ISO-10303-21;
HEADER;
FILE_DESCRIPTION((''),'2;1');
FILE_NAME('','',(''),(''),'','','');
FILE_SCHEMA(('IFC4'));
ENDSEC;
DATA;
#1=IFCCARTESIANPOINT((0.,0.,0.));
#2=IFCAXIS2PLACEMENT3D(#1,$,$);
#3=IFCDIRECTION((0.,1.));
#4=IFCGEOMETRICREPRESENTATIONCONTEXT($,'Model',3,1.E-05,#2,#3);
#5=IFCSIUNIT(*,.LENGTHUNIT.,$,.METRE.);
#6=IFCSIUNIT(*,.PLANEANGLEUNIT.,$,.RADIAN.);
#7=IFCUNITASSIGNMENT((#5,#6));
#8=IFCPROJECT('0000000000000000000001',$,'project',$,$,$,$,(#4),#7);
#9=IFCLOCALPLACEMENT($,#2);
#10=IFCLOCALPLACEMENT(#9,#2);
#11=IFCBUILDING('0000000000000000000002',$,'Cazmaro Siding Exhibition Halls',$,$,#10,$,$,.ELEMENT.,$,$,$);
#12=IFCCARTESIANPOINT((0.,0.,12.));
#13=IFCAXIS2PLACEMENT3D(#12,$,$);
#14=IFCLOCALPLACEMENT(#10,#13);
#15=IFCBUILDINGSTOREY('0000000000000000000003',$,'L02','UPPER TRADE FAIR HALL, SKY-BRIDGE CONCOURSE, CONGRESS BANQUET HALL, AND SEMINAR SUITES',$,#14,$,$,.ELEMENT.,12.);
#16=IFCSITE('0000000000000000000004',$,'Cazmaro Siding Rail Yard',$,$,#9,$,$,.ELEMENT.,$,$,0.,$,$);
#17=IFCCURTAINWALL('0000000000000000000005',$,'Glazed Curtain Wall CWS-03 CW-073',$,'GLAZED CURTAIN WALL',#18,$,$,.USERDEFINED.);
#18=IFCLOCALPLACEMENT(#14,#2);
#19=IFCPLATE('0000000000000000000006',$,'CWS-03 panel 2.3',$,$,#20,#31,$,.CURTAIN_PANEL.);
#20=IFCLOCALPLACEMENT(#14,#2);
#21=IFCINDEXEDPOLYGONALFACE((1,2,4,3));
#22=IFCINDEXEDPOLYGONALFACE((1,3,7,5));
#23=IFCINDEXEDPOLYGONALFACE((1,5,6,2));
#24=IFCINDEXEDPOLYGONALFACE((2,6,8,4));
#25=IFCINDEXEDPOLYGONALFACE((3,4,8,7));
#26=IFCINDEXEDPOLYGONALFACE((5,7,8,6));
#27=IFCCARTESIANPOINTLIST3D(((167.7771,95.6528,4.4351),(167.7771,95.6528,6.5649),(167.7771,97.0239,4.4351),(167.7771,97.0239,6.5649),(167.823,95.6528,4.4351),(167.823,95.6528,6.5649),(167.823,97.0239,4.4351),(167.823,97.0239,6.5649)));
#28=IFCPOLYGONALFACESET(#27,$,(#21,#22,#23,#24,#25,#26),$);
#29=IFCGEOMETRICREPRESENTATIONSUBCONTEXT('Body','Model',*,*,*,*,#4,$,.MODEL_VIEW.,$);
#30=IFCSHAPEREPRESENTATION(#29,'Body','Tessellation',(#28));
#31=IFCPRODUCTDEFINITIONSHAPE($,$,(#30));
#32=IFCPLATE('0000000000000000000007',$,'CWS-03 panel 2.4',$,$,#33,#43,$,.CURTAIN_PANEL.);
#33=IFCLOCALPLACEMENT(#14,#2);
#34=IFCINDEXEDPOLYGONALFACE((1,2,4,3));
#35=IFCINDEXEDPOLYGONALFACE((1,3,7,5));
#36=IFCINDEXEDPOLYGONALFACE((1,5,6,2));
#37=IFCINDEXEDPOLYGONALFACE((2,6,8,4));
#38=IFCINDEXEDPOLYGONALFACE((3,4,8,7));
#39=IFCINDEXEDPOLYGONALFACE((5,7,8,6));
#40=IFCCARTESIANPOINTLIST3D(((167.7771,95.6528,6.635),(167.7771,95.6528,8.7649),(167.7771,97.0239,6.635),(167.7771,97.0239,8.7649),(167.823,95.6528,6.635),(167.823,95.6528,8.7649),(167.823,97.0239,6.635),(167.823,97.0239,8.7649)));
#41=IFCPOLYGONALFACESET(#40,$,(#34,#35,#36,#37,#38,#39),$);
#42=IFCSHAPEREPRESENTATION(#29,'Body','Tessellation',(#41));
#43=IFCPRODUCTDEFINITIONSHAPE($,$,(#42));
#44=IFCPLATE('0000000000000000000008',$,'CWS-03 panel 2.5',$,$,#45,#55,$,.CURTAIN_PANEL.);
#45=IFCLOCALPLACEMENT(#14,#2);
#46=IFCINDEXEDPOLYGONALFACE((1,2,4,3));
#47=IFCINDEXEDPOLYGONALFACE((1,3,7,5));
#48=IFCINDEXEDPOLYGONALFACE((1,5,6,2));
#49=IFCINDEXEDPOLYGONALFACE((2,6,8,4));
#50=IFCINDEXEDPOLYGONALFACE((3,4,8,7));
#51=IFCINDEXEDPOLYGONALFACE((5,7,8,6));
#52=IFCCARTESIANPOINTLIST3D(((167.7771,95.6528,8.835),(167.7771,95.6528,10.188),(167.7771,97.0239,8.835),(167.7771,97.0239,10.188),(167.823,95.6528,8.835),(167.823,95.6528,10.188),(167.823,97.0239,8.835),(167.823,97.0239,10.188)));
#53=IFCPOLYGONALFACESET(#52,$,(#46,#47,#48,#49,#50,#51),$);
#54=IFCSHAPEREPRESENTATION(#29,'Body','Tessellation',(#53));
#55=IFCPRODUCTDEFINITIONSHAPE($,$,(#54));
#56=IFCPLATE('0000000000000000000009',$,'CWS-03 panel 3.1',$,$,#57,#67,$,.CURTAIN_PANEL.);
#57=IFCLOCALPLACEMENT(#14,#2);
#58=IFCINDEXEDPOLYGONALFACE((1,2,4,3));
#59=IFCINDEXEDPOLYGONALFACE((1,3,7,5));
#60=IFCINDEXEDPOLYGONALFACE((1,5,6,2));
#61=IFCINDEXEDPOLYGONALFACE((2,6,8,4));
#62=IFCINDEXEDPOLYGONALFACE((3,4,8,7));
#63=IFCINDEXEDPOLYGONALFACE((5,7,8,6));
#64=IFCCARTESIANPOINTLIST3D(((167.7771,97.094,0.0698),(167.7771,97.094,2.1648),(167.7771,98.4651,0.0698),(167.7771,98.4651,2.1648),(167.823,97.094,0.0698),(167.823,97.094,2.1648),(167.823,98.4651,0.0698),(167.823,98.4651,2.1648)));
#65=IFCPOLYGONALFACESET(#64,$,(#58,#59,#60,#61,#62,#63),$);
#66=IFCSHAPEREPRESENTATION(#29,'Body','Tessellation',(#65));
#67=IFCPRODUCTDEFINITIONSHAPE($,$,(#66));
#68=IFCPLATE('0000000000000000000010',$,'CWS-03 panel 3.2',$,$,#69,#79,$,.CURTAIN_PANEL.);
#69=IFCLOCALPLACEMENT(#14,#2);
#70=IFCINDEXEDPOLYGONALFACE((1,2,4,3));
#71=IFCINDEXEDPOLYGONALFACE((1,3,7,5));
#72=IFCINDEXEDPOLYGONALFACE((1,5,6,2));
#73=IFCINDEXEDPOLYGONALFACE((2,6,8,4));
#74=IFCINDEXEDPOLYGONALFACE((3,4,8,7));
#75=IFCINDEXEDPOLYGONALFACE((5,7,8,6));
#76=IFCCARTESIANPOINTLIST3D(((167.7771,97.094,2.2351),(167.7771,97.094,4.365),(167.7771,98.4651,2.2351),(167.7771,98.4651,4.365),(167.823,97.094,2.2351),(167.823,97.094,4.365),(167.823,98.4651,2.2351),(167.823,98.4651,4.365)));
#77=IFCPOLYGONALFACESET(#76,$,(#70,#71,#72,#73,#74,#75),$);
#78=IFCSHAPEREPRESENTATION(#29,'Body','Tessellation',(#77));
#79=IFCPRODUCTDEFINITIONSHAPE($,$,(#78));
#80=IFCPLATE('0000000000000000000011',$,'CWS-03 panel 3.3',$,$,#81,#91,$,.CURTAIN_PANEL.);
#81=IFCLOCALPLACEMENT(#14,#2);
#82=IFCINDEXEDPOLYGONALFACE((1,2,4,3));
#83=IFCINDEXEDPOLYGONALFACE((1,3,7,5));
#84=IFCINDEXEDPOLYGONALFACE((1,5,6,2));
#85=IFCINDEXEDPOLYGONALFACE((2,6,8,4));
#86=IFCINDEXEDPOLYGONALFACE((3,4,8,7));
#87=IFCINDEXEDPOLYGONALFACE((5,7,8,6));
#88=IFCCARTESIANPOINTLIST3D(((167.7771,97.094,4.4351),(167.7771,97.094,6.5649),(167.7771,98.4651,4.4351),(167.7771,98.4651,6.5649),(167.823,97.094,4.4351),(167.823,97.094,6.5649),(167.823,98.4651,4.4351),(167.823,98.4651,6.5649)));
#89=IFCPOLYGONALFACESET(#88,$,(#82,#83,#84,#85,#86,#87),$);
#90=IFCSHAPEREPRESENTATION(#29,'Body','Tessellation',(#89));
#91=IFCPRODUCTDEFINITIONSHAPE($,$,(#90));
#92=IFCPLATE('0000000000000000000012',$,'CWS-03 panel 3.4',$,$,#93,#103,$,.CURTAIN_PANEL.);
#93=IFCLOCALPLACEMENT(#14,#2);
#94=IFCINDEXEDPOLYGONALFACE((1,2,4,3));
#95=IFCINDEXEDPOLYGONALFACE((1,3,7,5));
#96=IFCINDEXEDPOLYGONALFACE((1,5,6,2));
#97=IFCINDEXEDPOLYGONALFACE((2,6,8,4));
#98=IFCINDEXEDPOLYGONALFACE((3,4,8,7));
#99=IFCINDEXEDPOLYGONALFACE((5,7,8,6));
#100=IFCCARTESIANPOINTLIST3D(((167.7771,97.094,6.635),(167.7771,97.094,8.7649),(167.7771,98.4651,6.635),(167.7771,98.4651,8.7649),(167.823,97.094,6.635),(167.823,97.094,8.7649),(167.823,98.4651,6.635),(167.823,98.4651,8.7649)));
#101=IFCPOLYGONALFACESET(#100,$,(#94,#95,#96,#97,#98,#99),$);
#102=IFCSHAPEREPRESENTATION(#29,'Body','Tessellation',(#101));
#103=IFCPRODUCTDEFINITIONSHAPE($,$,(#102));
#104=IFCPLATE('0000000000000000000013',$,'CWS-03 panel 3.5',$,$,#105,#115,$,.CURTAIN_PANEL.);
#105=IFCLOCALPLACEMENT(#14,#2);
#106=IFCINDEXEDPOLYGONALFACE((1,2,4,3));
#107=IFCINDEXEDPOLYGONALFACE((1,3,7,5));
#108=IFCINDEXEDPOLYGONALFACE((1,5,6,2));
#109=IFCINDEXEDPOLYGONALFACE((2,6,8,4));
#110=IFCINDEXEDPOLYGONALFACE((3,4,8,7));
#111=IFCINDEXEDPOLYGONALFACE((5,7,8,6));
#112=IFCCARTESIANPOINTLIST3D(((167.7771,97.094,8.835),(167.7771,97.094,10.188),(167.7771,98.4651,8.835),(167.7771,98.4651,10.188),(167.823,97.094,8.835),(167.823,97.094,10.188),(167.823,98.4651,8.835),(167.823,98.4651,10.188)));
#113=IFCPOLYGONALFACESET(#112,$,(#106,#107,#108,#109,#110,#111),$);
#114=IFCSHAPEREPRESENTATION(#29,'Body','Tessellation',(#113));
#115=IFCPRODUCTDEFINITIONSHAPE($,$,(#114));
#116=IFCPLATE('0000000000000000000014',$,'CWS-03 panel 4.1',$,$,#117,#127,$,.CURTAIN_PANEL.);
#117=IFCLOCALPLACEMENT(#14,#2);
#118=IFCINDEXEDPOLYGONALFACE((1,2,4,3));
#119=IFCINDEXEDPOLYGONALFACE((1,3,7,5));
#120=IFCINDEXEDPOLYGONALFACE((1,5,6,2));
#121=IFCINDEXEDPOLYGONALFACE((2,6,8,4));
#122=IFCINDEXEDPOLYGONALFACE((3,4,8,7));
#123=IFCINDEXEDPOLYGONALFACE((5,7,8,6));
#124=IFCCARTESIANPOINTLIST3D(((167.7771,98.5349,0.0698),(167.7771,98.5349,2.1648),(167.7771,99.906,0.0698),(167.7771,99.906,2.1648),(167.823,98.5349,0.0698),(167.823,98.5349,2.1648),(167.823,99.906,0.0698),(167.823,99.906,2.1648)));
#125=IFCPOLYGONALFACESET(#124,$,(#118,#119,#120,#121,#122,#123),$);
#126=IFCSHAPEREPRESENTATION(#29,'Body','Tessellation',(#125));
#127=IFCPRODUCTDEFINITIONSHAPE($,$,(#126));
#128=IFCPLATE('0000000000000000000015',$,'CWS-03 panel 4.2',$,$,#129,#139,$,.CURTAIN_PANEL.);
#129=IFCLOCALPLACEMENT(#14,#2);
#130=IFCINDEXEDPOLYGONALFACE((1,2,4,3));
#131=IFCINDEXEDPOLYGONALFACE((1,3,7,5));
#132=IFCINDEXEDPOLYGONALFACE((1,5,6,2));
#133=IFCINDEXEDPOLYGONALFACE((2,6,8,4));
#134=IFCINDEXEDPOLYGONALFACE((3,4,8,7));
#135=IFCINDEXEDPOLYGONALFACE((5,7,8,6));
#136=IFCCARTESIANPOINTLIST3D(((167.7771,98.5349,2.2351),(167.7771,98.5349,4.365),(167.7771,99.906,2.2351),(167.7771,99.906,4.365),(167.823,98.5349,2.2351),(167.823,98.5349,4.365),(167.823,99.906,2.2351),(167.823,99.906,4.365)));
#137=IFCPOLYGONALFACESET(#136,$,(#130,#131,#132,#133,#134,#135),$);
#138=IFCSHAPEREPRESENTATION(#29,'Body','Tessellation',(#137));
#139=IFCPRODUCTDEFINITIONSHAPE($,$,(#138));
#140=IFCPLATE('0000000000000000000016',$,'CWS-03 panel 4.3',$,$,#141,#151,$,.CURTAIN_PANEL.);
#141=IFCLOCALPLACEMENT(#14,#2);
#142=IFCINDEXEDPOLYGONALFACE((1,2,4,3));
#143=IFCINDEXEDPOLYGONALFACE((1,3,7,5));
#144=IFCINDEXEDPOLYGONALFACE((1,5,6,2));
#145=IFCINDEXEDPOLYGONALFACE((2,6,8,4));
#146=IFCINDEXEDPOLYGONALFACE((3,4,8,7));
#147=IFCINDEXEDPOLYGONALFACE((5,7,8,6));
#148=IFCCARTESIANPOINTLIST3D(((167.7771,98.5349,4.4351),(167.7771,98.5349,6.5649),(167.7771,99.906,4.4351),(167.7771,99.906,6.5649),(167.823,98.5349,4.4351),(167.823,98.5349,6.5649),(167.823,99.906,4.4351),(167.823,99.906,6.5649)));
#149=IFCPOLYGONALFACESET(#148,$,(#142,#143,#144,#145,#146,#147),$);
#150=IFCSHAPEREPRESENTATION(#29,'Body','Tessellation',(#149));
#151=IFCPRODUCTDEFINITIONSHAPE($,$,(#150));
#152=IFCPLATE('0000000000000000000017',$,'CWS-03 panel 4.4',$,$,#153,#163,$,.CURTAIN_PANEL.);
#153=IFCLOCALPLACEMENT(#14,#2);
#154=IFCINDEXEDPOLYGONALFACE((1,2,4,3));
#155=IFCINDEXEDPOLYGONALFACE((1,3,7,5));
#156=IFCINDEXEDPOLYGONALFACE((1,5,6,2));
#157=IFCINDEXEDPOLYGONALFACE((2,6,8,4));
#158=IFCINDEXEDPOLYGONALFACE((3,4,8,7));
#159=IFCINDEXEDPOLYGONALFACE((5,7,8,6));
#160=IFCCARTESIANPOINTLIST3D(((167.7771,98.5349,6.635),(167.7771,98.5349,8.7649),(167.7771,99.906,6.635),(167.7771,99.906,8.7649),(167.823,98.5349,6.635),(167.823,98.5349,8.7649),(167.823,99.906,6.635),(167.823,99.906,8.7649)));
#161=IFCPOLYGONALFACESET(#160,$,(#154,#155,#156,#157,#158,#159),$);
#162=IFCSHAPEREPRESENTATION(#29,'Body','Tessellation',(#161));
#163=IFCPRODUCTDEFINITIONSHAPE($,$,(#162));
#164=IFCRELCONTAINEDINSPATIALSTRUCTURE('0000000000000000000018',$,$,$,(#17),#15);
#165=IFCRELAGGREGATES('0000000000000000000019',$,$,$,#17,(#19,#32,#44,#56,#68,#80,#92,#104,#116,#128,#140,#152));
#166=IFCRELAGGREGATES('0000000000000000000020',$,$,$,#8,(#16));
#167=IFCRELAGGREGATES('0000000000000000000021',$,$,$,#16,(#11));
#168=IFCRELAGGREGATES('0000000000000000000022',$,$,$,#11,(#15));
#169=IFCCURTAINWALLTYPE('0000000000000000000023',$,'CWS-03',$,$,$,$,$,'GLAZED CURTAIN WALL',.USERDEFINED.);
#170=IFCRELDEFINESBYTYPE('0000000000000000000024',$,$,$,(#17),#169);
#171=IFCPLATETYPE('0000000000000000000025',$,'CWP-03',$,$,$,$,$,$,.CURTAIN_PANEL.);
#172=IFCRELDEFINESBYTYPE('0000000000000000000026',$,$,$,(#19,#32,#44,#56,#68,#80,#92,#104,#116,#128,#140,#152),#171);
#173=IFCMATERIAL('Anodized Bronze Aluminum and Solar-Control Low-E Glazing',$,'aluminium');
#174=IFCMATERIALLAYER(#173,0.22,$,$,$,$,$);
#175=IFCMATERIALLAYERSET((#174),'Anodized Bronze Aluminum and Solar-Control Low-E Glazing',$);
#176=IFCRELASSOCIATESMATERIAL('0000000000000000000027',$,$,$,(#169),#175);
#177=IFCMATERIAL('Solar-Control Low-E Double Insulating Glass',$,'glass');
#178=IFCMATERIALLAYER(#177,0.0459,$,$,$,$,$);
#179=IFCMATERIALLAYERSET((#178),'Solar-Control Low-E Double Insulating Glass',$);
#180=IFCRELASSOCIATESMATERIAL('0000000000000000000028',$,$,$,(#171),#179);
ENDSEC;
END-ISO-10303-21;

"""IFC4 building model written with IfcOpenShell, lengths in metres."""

from ifc_helpers import new_model, si_unit, direction, frame, origin, origin_2d, place, context, subcontext, project, spatial, rectangle, extrude, material, layer, layer_set, type_object, element, aggregate, save


model = new_model("IFC4")

# Units and contexts
model_context = context("Model", 3, precision=1e-05, world=origin(), true_north=direction((0.0, 1.0)))
body_context = subcontext(model_context, "Body", "Model", "MODEL_VIEW")
ifc_project = project(units=[si_unit("LENGTHUNIT", "METRE"), si_unit("PLANEANGLEUNIT", "RADIAN")], contexts=[model_context])

# Site, building, storey
site_placement = place(None, origin())
site = spatial("IfcSite", under=ifc_project, at=site_placement, Name="Cazmaro Siding Rail Yard", CompositionType="ELEMENT", RefElevation=0.0)
building_placement = place(site_placement, origin())
building = spatial("IfcBuilding", under=site, at=building_placement, Name="Cazmaro Siding Exhibition Halls", CompositionType="ELEMENT")
storey_placement = place(building_placement, frame((0.0, 0.0, 12.0)))
storey = spatial("IfcBuildingStorey", under=building, at=storey_placement, Name="L02", Description="UPPER TRADE FAIR HALL, SKY-BRIDGE CONCOURSE, CONGRESS BANQUET HALL, AND SEMINAR SUITES", CompositionType="ELEMENT", Elevation=12.0)

# Curtain wall
ifc_material_1 = material(Name="Anodized Bronze Aluminum and Solar-Control Low-E Glazing", Category="aluminium")
ifc_layer_1 = layer(ifc_material_1, 0.22)
ifc_layer_set_1 = layer_set([ifc_layer_1], Name="Anodized Bronze Aluminum and Solar-Control Low-E Glazing")
curtain_wall_type = type_object("IfcCurtainWallType", Name="CWS-03", ElementType="GLAZED CURTAIN WALL", PredefinedType="USERDEFINED", material=ifc_layer_set_1)
curtain_wall_placement = place(storey_placement, origin())
curtain_wall = element("IfcCurtainWall", 1, at=curtain_wall_placement, inside=storey, type_object=curtain_wall_type, Name="Glazed Curtain Wall CWS-03 CW-073", ObjectType="GLAZED CURTAIN WALL", PredefinedType="USERDEFINED")

# Plates
ifc_material_2 = material(Name="Solar-Control Low-E Double Insulating Glass", Category="glass")
ifc_layer_2 = layer(ifc_material_2, 0.0459)
ifc_layer_set_2 = layer_set([ifc_layer_2], Name="Solar-Control Low-E Double Insulating Glass")
plate_type = type_object("IfcPlateType", Name="CWP-03", PredefinedType="CURTAIN_PANEL", material=ifc_layer_set_2)
plate_1_placement = place(storey_placement, frame((167.8, 96.3384, 4.4351), z_axis=(0.0, 0.0, 1.0), x_axis=(0.0, 1.0, 0.0)))
plate_1 = element("IfcPlate", 2, at=plate_1_placement, type_object=plate_type, Name="CWS-03 panel 2.3", PredefinedType="CURTAIN_PANEL", context=body_context, shape_type="SweptSolid", body=[
    extrude(rectangle(XDim=1.3711, YDim=0.0459, at=origin_2d()), origin(), (0.0, 0.0, 1.0), 2.1299),
])
plate_2_placement = place(storey_placement, frame((167.8, 96.3384, 6.635), z_axis=(0.0, 0.0, 1.0), x_axis=(0.0, 1.0, 0.0)))
plate_2 = element("IfcPlate", 3, at=plate_2_placement, type_object=plate_type, Name="CWS-03 panel 2.4", PredefinedType="CURTAIN_PANEL", context=body_context, shape_type="SweptSolid", body=[
    extrude(rectangle(XDim=1.3711, YDim=0.0459, at=origin_2d()), origin(), (0.0, 0.0, 1.0), 2.1299),
])
plate_3_placement = place(storey_placement, frame((167.8, 96.3384, 8.835), z_axis=(0.0, 0.0, 1.0), x_axis=(0.0, 1.0, 0.0)))
plate_3 = element("IfcPlate", 4, at=plate_3_placement, type_object=plate_type, Name="CWS-03 panel 2.5", PredefinedType="CURTAIN_PANEL", context=body_context, shape_type="SweptSolid", body=[
    extrude(rectangle(XDim=1.3711, YDim=0.0459, at=origin_2d()), origin(), (0.0, 0.0, 1.0), 1.353),
])
plate_4_placement = place(storey_placement, frame((167.8, 97.7795, 0.0698), z_axis=(0.0, 0.0, 1.0), x_axis=(0.0, 1.0, 0.0)))
plate_4 = element("IfcPlate", 5, at=plate_4_placement, type_object=plate_type, Name="CWS-03 panel 3.1", PredefinedType="CURTAIN_PANEL", context=body_context, shape_type="SweptSolid", body=[
    extrude(rectangle(XDim=1.3711, YDim=0.0459, at=origin_2d()), origin(), (0.0, 0.0, 1.0), 2.095),
])
plate_5_placement = place(storey_placement, frame((167.8, 97.7795, 2.2351), z_axis=(0.0, 0.0, 1.0), x_axis=(0.0, 1.0, 0.0)))
plate_5 = element("IfcPlate", 6, at=plate_5_placement, type_object=plate_type, Name="CWS-03 panel 3.2", PredefinedType="CURTAIN_PANEL", context=body_context, shape_type="SweptSolid", body=[
    extrude(rectangle(XDim=1.3711, YDim=0.0459, at=origin_2d()), origin(), (0.0, 0.0, 1.0), 2.1299),
])
plate_6_placement = place(storey_placement, frame((167.8, 97.7795, 4.4351), z_axis=(0.0, 0.0, 1.0), x_axis=(0.0, 1.0, 0.0)))
plate_6 = element("IfcPlate", 7, at=plate_6_placement, type_object=plate_type, Name="CWS-03 panel 3.3", PredefinedType="CURTAIN_PANEL", context=body_context, shape_type="SweptSolid", body=[
    extrude(rectangle(XDim=1.3711, YDim=0.0459, at=origin_2d()), origin(), (0.0, 0.0, 1.0), 2.1299),
])
plate_7_placement = place(storey_placement, frame((167.8, 97.7795, 6.635), z_axis=(0.0, 0.0, 1.0), x_axis=(0.0, 1.0, 0.0)))
plate_7 = element("IfcPlate", 8, at=plate_7_placement, type_object=plate_type, Name="CWS-03 panel 3.4", PredefinedType="CURTAIN_PANEL", context=body_context, shape_type="SweptSolid", body=[
    extrude(rectangle(XDim=1.3711, YDim=0.0459, at=origin_2d()), origin(), (0.0, 0.0, 1.0), 2.1299),
])
plate_8_placement = place(storey_placement, frame((167.8, 97.7795, 8.835), z_axis=(0.0, 0.0, 1.0), x_axis=(0.0, 1.0, 0.0)))
plate_8 = element("IfcPlate", 9, at=plate_8_placement, type_object=plate_type, Name="CWS-03 panel 3.5", PredefinedType="CURTAIN_PANEL", context=body_context, shape_type="SweptSolid", body=[
    extrude(rectangle(XDim=1.3711, YDim=0.0459, at=origin_2d()), origin(), (0.0, 0.0, 1.0), 1.353),
])
plate_9_placement = place(storey_placement, frame((167.8, 99.2205, 0.0698), z_axis=(0.0, 0.0, 1.0), x_axis=(0.0, 1.0, 0.0)))
plate_9 = element("IfcPlate", 10, at=plate_9_placement, type_object=plate_type, Name="CWS-03 panel 4.1", PredefinedType="CURTAIN_PANEL", context=body_context, shape_type="SweptSolid", body=[
    extrude(rectangle(XDim=1.3711, YDim=0.0459, at=origin_2d()), origin(), (0.0, 0.0, 1.0), 2.095),
])
plate_10_placement = place(storey_placement, frame((167.8, 99.2205, 2.2351), z_axis=(0.0, 0.0, 1.0), x_axis=(0.0, 1.0, 0.0)))
plate_10 = element("IfcPlate", 11, at=plate_10_placement, type_object=plate_type, Name="CWS-03 panel 4.2", PredefinedType="CURTAIN_PANEL", context=body_context, shape_type="SweptSolid", body=[
    extrude(rectangle(XDim=1.3711, YDim=0.0459, at=origin_2d()), origin(), (0.0, 0.0, 1.0), 2.1299),
])
plate_11_placement = place(storey_placement, frame((167.8, 99.2205, 4.4351), z_axis=(0.0, 0.0, 1.0), x_axis=(0.0, 1.0, 0.0)))
plate_11 = element("IfcPlate", 12, at=plate_11_placement, type_object=plate_type, Name="CWS-03 panel 4.3", PredefinedType="CURTAIN_PANEL", context=body_context, shape_type="SweptSolid", body=[
    extrude(rectangle(XDim=1.3711, YDim=0.0459, at=origin_2d()), origin(), (0.0, 0.0, 1.0), 2.1299),
])
plate_12_placement = place(storey_placement, frame((167.8, 99.2205, 6.635), z_axis=(0.0, 0.0, 1.0), x_axis=(0.0, 1.0, 0.0)))
plate_12 = element("IfcPlate", 13, at=plate_12_placement, type_object=plate_type, Name="CWS-03 panel 4.4", PredefinedType="CURTAIN_PANEL", context=body_context, shape_type="SweptSolid", body=[
    extrude(rectangle(XDim=1.3711, YDim=0.0459, at=origin_2d()), origin(), (0.0, 0.0, 1.0), 2.1299),
])
aggregate(curtain_wall, [plate_1, plate_2, plate_3, plate_4, plate_5, plate_6, plate_7, plate_8, plate_9, plate_10, plate_11, plate_12])

save(model, "model.ifc")
